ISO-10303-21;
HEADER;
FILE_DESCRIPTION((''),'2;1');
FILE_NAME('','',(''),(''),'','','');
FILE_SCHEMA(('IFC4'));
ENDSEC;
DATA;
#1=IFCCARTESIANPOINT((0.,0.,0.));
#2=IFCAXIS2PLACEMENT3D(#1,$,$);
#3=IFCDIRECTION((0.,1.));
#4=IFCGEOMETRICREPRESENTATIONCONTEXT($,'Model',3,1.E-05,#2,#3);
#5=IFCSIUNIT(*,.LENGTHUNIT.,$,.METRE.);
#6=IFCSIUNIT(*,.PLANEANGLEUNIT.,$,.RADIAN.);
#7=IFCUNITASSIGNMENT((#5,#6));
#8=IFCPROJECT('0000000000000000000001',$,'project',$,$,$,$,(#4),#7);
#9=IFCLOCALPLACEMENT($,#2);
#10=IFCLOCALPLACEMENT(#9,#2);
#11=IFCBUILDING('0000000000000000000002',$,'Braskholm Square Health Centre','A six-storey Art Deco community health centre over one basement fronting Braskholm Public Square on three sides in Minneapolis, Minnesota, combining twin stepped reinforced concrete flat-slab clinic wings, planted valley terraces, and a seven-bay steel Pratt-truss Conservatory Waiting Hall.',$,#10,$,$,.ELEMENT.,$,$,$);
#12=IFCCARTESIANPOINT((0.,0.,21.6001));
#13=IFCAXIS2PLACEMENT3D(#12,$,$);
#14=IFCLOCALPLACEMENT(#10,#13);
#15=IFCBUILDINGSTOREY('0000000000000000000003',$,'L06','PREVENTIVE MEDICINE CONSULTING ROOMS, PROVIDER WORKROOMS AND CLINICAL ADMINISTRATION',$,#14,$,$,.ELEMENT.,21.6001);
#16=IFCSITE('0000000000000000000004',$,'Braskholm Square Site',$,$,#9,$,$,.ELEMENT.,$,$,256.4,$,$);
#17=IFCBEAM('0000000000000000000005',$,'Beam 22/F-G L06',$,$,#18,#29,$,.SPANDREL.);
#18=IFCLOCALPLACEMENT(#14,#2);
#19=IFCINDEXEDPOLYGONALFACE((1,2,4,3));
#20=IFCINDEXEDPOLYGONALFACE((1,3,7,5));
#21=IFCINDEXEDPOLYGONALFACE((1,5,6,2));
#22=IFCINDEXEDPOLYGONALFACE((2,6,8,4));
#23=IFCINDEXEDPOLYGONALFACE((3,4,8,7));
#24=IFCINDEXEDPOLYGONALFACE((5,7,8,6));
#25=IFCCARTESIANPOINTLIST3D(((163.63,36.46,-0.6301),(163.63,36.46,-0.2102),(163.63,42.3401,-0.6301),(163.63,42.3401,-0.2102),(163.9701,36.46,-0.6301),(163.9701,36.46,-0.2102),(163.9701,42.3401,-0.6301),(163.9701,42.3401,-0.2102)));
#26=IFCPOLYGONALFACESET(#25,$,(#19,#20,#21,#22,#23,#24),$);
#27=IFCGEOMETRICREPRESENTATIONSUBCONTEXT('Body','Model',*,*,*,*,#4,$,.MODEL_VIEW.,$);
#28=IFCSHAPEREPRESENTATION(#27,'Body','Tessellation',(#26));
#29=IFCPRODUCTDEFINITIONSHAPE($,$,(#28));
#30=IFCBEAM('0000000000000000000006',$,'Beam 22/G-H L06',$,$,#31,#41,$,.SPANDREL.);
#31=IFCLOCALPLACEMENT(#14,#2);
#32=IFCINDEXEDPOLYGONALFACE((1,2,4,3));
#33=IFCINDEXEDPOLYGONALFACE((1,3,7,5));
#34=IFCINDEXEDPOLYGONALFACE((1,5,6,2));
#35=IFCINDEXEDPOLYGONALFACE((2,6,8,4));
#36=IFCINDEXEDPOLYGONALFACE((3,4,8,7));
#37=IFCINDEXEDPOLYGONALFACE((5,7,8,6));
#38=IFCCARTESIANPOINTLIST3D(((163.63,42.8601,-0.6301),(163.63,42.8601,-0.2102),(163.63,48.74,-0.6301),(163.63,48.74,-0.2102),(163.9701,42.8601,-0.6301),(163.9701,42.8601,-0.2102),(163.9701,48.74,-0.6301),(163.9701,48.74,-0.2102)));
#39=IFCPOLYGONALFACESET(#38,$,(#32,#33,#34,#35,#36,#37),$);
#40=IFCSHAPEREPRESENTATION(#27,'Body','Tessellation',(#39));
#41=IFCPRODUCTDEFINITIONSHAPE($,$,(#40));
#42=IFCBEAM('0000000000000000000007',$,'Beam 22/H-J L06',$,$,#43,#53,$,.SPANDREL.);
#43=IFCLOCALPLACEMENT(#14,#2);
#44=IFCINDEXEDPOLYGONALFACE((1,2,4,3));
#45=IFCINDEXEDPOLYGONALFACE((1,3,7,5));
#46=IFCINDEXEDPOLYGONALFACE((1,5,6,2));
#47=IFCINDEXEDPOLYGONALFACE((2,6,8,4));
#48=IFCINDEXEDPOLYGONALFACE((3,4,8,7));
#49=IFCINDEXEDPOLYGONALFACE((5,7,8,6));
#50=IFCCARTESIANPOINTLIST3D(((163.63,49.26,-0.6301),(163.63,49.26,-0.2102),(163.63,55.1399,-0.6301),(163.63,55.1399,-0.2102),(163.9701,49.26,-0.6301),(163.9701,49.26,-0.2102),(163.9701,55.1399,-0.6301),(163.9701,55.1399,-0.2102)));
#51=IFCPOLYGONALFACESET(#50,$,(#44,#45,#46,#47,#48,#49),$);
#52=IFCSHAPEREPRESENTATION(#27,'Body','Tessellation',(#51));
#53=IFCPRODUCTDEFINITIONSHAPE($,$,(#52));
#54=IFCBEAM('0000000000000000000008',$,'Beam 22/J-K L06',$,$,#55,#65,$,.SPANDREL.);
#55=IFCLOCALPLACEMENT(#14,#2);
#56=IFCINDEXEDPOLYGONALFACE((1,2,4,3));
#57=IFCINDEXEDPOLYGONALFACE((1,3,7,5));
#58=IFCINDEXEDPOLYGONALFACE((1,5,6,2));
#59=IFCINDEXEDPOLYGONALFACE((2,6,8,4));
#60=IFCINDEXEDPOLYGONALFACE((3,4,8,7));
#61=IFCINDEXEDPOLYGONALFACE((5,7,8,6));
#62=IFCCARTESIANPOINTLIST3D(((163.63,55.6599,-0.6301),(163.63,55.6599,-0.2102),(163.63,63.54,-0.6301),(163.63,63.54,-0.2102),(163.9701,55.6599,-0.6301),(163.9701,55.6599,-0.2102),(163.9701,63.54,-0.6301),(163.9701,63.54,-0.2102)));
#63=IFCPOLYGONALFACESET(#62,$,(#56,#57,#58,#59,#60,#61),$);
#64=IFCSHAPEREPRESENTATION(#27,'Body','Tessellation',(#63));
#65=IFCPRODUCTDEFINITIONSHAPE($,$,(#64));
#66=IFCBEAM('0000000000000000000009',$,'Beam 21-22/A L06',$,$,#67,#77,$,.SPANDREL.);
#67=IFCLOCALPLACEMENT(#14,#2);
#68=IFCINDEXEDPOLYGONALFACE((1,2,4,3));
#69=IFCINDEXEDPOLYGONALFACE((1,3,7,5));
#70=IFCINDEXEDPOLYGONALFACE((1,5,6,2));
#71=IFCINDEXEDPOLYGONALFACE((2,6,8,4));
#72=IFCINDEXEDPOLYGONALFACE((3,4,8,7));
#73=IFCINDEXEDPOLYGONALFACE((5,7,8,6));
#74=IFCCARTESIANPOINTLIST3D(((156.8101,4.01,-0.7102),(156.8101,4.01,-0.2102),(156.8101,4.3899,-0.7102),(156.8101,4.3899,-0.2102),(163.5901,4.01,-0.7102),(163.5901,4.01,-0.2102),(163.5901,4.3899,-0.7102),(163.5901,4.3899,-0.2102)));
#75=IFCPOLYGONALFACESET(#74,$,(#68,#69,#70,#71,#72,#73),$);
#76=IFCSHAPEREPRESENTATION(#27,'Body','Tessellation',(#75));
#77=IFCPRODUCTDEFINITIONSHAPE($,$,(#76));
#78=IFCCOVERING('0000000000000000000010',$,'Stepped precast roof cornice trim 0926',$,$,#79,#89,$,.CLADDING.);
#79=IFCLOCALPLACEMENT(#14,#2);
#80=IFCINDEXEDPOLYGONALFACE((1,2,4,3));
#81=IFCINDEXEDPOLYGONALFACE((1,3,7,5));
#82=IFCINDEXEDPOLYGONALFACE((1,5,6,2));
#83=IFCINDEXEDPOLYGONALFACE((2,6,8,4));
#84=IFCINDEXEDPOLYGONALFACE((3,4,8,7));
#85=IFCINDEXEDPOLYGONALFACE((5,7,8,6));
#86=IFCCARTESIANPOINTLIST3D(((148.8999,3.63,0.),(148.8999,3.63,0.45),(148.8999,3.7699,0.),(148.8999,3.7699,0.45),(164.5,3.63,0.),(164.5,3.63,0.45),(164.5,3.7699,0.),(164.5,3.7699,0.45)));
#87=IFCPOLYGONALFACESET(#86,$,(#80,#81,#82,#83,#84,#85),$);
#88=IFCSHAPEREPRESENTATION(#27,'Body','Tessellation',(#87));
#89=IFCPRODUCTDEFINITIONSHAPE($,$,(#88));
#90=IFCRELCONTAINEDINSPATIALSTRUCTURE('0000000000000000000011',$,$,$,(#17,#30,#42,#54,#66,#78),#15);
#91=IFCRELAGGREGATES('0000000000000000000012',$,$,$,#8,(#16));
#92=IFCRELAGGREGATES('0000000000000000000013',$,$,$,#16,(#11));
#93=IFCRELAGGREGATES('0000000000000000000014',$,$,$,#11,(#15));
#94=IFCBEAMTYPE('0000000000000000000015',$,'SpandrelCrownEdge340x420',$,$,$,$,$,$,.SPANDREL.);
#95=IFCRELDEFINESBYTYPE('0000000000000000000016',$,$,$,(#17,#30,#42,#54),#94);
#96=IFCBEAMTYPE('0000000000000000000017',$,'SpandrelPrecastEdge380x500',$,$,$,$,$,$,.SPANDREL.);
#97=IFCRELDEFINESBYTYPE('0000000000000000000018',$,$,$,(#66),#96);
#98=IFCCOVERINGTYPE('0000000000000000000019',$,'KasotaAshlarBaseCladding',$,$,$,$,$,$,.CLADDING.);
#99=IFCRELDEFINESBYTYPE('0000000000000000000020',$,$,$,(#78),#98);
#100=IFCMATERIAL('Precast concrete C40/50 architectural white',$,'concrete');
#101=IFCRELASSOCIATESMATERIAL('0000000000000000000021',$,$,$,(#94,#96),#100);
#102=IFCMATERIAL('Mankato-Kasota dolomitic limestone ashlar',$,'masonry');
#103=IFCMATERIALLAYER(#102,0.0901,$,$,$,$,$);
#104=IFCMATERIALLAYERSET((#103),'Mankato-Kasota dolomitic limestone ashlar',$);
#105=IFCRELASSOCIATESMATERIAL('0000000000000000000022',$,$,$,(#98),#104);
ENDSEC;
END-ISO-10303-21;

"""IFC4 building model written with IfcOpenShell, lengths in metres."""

from ifc_helpers import new_model, si_unit, direction, frame, origin, origin_2d, place, context, subcontext, project, spatial, rectangle, extrude, material, layer, layer_set, material_profile, profile_set, type_object, element, save


model = new_model("IFC4")

# Units and contexts
model_context = context("Model", 3, precision=1e-05, world=origin(), true_north=direction((0.0, 1.0)))
body_context = subcontext(model_context, "Body", "Model", "MODEL_VIEW")
ifc_project = project(units=[si_unit("LENGTHUNIT", "METRE"), si_unit("PLANEANGLEUNIT", "RADIAN")], contexts=[model_context])

# Site, building, storey
site_placement = place(None, origin())
site = spatial("IfcSite", under=ifc_project, at=site_placement, Name="Braskholm Square Site", CompositionType="ELEMENT", RefElevation=256.4)
building_placement = place(site_placement, origin())
building = spatial("IfcBuilding", under=site, at=building_placement, Name="Braskholm Square Health Centre", Description="A six-storey Art Deco community health centre over one basement fronting Braskholm Public Square on three sides in Minneapolis, Minnesota, combining twin stepped reinforced concrete flat-slab clinic wings, planted valley terraces, and a seven-bay steel Pratt-truss Conservatory Waiting Hall.", CompositionType="ELEMENT")
storey_placement = place(building_placement, frame((0.0, 0.0, 21.6001)))
storey = spatial("IfcBuildingStorey", under=building, at=storey_placement, Name="L06", Description="PREVENTIVE MEDICINE CONSULTING ROOMS, PROVIDER WORKROOMS AND CLINICAL ADMINISTRATION", CompositionType="ELEMENT", Elevation=21.6001)

# Beams
ifc_material_1 = material(Name="Precast concrete C40/50 architectural white", Category="concrete")
ifc_material_profile_1 = material_profile(ifc_material_1, rectangle(XDim=0.3401, YDim=0.4199, at=origin_2d()), Name="RCB-340X420")
ifc_profile_set_1 = profile_set([ifc_material_profile_1], Name="Precast concrete C40/50 architectural white")
beam_type_1 = type_object("IfcBeamType", Name="SpandrelCrownEdge340x420", PredefinedType="SPANDREL", material=ifc_profile_set_1)
beam_1_placement = place(storey_placement, frame((163.8, 36.46, -0.4202), z_axis=(0.0, 1.0, 0.0), x_axis=(-1.0, 0.0, 0.0)))
element("IfcBeam", 1, at=beam_1_placement, inside=storey, type_object=beam_type_1, Name="Beam 22/F-G L06", PredefinedType="SPANDREL", context=body_context, shape_type="SweptSolid", body=[
    extrude(rectangle(XDim=0.3401, YDim=0.4199, at=origin_2d()), origin(), (0.0, 0.0, 1.0), 5.8801),
])
for number, where, z_axis, x_axis, name in (
    (2, (163.8, 42.8601, -0.4202), (0.0, 1.0, 0.0), (-1.0, 0.0, 0.0), "Beam 22/G-H L06"),
    (3, (163.8, 49.26, -0.4202), (0.0, 1.0, 0.0), (-1.0, 0.0, 0.0), "Beam 22/H-J L06"),
):
    element("IfcBeam", number, at=place(storey_placement, frame(where, z_axis=z_axis, x_axis=x_axis)), inside=storey, type_object=beam_type_1, Name=name, PredefinedType="SPANDREL", context=body_context, shape_type="SweptSolid", body=[
        extrude(rectangle(XDim=0.3401, YDim=0.4199, at=origin_2d()), origin(), (0.0, 0.0, 1.0), 5.8799),
    ])
beam_2_placement = place(storey_placement, frame((163.8, 55.6599, -0.4202), z_axis=(0.0, 1.0, 0.0), x_axis=(-1.0, 0.0, 0.0)))
element("IfcBeam", 4, at=beam_2_placement, inside=storey, type_object=beam_type_1, Name="Beam 22/J-K L06", PredefinedType="SPANDREL", context=body_context, shape_type="SweptSolid", body=[
    extrude(rectangle(XDim=0.3401, YDim=0.4199, at=origin_2d()), origin(), (0.0, 0.0, 1.0), 7.8801),
])
ifc_material_profile_2 = material_profile(ifc_material_1, rectangle(XDim=0.3799, YDim=0.5, at=origin_2d()), Name="RCB-380X500")
ifc_profile_set_2 = profile_set([ifc_material_profile_2], Name="Precast concrete C40/50 architectural white")
beam_type_2 = type_object("IfcBeamType", Name="SpandrelPrecastEdge380x500", PredefinedType="SPANDREL", material=ifc_profile_set_2)
beam_3_placement = place(storey_placement, frame((156.8101, 4.2, -0.4602), z_axis=(1.0, 0.0, 0.0), x_axis=(0.0, 1.0, 0.0)))
element("IfcBeam", 5, at=beam_3_placement, inside=storey, type_object=beam_type_2, Name="Beam 21-22/A L06", PredefinedType="SPANDREL", context=body_context, shape_type="SweptSolid", body=[
    extrude(rectangle(XDim=0.3799, YDim=0.5, at=origin_2d()), origin(), (0.0, 0.0, 1.0), 6.78),
])

# Covering
ifc_material_2 = material(Name="Mankato-Kasota dolomitic limestone ashlar", Category="masonry")
ifc_layer = layer(ifc_material_2, 0.0901)
ifc_layer_set = layer_set([ifc_layer], Name="Mankato-Kasota dolomitic limestone ashlar")
covering_type = type_object("IfcCoveringType", Name="KasotaAshlarBaseCladding", PredefinedType="CLADDING", material=ifc_layer_set)
covering_placement = place(storey_placement, frame((156.7, 3.7, 0.0), z_axis=(0.0, 0.0, 1.0), x_axis=(1.0, 0.0, 0.0)))
element("IfcCovering", 6, at=covering_placement, inside=storey, type_object=covering_type, Name="Stepped precast roof cornice trim 0926", PredefinedType="CLADDING", context=body_context, shape_type="SweptSolid", body=[
    extrude(rectangle(XDim=15.6001, YDim=0.1399, at=origin_2d()), origin(), (0.0, 0.0, 1.0), 0.45),
])

save(model, "model.ifc")
